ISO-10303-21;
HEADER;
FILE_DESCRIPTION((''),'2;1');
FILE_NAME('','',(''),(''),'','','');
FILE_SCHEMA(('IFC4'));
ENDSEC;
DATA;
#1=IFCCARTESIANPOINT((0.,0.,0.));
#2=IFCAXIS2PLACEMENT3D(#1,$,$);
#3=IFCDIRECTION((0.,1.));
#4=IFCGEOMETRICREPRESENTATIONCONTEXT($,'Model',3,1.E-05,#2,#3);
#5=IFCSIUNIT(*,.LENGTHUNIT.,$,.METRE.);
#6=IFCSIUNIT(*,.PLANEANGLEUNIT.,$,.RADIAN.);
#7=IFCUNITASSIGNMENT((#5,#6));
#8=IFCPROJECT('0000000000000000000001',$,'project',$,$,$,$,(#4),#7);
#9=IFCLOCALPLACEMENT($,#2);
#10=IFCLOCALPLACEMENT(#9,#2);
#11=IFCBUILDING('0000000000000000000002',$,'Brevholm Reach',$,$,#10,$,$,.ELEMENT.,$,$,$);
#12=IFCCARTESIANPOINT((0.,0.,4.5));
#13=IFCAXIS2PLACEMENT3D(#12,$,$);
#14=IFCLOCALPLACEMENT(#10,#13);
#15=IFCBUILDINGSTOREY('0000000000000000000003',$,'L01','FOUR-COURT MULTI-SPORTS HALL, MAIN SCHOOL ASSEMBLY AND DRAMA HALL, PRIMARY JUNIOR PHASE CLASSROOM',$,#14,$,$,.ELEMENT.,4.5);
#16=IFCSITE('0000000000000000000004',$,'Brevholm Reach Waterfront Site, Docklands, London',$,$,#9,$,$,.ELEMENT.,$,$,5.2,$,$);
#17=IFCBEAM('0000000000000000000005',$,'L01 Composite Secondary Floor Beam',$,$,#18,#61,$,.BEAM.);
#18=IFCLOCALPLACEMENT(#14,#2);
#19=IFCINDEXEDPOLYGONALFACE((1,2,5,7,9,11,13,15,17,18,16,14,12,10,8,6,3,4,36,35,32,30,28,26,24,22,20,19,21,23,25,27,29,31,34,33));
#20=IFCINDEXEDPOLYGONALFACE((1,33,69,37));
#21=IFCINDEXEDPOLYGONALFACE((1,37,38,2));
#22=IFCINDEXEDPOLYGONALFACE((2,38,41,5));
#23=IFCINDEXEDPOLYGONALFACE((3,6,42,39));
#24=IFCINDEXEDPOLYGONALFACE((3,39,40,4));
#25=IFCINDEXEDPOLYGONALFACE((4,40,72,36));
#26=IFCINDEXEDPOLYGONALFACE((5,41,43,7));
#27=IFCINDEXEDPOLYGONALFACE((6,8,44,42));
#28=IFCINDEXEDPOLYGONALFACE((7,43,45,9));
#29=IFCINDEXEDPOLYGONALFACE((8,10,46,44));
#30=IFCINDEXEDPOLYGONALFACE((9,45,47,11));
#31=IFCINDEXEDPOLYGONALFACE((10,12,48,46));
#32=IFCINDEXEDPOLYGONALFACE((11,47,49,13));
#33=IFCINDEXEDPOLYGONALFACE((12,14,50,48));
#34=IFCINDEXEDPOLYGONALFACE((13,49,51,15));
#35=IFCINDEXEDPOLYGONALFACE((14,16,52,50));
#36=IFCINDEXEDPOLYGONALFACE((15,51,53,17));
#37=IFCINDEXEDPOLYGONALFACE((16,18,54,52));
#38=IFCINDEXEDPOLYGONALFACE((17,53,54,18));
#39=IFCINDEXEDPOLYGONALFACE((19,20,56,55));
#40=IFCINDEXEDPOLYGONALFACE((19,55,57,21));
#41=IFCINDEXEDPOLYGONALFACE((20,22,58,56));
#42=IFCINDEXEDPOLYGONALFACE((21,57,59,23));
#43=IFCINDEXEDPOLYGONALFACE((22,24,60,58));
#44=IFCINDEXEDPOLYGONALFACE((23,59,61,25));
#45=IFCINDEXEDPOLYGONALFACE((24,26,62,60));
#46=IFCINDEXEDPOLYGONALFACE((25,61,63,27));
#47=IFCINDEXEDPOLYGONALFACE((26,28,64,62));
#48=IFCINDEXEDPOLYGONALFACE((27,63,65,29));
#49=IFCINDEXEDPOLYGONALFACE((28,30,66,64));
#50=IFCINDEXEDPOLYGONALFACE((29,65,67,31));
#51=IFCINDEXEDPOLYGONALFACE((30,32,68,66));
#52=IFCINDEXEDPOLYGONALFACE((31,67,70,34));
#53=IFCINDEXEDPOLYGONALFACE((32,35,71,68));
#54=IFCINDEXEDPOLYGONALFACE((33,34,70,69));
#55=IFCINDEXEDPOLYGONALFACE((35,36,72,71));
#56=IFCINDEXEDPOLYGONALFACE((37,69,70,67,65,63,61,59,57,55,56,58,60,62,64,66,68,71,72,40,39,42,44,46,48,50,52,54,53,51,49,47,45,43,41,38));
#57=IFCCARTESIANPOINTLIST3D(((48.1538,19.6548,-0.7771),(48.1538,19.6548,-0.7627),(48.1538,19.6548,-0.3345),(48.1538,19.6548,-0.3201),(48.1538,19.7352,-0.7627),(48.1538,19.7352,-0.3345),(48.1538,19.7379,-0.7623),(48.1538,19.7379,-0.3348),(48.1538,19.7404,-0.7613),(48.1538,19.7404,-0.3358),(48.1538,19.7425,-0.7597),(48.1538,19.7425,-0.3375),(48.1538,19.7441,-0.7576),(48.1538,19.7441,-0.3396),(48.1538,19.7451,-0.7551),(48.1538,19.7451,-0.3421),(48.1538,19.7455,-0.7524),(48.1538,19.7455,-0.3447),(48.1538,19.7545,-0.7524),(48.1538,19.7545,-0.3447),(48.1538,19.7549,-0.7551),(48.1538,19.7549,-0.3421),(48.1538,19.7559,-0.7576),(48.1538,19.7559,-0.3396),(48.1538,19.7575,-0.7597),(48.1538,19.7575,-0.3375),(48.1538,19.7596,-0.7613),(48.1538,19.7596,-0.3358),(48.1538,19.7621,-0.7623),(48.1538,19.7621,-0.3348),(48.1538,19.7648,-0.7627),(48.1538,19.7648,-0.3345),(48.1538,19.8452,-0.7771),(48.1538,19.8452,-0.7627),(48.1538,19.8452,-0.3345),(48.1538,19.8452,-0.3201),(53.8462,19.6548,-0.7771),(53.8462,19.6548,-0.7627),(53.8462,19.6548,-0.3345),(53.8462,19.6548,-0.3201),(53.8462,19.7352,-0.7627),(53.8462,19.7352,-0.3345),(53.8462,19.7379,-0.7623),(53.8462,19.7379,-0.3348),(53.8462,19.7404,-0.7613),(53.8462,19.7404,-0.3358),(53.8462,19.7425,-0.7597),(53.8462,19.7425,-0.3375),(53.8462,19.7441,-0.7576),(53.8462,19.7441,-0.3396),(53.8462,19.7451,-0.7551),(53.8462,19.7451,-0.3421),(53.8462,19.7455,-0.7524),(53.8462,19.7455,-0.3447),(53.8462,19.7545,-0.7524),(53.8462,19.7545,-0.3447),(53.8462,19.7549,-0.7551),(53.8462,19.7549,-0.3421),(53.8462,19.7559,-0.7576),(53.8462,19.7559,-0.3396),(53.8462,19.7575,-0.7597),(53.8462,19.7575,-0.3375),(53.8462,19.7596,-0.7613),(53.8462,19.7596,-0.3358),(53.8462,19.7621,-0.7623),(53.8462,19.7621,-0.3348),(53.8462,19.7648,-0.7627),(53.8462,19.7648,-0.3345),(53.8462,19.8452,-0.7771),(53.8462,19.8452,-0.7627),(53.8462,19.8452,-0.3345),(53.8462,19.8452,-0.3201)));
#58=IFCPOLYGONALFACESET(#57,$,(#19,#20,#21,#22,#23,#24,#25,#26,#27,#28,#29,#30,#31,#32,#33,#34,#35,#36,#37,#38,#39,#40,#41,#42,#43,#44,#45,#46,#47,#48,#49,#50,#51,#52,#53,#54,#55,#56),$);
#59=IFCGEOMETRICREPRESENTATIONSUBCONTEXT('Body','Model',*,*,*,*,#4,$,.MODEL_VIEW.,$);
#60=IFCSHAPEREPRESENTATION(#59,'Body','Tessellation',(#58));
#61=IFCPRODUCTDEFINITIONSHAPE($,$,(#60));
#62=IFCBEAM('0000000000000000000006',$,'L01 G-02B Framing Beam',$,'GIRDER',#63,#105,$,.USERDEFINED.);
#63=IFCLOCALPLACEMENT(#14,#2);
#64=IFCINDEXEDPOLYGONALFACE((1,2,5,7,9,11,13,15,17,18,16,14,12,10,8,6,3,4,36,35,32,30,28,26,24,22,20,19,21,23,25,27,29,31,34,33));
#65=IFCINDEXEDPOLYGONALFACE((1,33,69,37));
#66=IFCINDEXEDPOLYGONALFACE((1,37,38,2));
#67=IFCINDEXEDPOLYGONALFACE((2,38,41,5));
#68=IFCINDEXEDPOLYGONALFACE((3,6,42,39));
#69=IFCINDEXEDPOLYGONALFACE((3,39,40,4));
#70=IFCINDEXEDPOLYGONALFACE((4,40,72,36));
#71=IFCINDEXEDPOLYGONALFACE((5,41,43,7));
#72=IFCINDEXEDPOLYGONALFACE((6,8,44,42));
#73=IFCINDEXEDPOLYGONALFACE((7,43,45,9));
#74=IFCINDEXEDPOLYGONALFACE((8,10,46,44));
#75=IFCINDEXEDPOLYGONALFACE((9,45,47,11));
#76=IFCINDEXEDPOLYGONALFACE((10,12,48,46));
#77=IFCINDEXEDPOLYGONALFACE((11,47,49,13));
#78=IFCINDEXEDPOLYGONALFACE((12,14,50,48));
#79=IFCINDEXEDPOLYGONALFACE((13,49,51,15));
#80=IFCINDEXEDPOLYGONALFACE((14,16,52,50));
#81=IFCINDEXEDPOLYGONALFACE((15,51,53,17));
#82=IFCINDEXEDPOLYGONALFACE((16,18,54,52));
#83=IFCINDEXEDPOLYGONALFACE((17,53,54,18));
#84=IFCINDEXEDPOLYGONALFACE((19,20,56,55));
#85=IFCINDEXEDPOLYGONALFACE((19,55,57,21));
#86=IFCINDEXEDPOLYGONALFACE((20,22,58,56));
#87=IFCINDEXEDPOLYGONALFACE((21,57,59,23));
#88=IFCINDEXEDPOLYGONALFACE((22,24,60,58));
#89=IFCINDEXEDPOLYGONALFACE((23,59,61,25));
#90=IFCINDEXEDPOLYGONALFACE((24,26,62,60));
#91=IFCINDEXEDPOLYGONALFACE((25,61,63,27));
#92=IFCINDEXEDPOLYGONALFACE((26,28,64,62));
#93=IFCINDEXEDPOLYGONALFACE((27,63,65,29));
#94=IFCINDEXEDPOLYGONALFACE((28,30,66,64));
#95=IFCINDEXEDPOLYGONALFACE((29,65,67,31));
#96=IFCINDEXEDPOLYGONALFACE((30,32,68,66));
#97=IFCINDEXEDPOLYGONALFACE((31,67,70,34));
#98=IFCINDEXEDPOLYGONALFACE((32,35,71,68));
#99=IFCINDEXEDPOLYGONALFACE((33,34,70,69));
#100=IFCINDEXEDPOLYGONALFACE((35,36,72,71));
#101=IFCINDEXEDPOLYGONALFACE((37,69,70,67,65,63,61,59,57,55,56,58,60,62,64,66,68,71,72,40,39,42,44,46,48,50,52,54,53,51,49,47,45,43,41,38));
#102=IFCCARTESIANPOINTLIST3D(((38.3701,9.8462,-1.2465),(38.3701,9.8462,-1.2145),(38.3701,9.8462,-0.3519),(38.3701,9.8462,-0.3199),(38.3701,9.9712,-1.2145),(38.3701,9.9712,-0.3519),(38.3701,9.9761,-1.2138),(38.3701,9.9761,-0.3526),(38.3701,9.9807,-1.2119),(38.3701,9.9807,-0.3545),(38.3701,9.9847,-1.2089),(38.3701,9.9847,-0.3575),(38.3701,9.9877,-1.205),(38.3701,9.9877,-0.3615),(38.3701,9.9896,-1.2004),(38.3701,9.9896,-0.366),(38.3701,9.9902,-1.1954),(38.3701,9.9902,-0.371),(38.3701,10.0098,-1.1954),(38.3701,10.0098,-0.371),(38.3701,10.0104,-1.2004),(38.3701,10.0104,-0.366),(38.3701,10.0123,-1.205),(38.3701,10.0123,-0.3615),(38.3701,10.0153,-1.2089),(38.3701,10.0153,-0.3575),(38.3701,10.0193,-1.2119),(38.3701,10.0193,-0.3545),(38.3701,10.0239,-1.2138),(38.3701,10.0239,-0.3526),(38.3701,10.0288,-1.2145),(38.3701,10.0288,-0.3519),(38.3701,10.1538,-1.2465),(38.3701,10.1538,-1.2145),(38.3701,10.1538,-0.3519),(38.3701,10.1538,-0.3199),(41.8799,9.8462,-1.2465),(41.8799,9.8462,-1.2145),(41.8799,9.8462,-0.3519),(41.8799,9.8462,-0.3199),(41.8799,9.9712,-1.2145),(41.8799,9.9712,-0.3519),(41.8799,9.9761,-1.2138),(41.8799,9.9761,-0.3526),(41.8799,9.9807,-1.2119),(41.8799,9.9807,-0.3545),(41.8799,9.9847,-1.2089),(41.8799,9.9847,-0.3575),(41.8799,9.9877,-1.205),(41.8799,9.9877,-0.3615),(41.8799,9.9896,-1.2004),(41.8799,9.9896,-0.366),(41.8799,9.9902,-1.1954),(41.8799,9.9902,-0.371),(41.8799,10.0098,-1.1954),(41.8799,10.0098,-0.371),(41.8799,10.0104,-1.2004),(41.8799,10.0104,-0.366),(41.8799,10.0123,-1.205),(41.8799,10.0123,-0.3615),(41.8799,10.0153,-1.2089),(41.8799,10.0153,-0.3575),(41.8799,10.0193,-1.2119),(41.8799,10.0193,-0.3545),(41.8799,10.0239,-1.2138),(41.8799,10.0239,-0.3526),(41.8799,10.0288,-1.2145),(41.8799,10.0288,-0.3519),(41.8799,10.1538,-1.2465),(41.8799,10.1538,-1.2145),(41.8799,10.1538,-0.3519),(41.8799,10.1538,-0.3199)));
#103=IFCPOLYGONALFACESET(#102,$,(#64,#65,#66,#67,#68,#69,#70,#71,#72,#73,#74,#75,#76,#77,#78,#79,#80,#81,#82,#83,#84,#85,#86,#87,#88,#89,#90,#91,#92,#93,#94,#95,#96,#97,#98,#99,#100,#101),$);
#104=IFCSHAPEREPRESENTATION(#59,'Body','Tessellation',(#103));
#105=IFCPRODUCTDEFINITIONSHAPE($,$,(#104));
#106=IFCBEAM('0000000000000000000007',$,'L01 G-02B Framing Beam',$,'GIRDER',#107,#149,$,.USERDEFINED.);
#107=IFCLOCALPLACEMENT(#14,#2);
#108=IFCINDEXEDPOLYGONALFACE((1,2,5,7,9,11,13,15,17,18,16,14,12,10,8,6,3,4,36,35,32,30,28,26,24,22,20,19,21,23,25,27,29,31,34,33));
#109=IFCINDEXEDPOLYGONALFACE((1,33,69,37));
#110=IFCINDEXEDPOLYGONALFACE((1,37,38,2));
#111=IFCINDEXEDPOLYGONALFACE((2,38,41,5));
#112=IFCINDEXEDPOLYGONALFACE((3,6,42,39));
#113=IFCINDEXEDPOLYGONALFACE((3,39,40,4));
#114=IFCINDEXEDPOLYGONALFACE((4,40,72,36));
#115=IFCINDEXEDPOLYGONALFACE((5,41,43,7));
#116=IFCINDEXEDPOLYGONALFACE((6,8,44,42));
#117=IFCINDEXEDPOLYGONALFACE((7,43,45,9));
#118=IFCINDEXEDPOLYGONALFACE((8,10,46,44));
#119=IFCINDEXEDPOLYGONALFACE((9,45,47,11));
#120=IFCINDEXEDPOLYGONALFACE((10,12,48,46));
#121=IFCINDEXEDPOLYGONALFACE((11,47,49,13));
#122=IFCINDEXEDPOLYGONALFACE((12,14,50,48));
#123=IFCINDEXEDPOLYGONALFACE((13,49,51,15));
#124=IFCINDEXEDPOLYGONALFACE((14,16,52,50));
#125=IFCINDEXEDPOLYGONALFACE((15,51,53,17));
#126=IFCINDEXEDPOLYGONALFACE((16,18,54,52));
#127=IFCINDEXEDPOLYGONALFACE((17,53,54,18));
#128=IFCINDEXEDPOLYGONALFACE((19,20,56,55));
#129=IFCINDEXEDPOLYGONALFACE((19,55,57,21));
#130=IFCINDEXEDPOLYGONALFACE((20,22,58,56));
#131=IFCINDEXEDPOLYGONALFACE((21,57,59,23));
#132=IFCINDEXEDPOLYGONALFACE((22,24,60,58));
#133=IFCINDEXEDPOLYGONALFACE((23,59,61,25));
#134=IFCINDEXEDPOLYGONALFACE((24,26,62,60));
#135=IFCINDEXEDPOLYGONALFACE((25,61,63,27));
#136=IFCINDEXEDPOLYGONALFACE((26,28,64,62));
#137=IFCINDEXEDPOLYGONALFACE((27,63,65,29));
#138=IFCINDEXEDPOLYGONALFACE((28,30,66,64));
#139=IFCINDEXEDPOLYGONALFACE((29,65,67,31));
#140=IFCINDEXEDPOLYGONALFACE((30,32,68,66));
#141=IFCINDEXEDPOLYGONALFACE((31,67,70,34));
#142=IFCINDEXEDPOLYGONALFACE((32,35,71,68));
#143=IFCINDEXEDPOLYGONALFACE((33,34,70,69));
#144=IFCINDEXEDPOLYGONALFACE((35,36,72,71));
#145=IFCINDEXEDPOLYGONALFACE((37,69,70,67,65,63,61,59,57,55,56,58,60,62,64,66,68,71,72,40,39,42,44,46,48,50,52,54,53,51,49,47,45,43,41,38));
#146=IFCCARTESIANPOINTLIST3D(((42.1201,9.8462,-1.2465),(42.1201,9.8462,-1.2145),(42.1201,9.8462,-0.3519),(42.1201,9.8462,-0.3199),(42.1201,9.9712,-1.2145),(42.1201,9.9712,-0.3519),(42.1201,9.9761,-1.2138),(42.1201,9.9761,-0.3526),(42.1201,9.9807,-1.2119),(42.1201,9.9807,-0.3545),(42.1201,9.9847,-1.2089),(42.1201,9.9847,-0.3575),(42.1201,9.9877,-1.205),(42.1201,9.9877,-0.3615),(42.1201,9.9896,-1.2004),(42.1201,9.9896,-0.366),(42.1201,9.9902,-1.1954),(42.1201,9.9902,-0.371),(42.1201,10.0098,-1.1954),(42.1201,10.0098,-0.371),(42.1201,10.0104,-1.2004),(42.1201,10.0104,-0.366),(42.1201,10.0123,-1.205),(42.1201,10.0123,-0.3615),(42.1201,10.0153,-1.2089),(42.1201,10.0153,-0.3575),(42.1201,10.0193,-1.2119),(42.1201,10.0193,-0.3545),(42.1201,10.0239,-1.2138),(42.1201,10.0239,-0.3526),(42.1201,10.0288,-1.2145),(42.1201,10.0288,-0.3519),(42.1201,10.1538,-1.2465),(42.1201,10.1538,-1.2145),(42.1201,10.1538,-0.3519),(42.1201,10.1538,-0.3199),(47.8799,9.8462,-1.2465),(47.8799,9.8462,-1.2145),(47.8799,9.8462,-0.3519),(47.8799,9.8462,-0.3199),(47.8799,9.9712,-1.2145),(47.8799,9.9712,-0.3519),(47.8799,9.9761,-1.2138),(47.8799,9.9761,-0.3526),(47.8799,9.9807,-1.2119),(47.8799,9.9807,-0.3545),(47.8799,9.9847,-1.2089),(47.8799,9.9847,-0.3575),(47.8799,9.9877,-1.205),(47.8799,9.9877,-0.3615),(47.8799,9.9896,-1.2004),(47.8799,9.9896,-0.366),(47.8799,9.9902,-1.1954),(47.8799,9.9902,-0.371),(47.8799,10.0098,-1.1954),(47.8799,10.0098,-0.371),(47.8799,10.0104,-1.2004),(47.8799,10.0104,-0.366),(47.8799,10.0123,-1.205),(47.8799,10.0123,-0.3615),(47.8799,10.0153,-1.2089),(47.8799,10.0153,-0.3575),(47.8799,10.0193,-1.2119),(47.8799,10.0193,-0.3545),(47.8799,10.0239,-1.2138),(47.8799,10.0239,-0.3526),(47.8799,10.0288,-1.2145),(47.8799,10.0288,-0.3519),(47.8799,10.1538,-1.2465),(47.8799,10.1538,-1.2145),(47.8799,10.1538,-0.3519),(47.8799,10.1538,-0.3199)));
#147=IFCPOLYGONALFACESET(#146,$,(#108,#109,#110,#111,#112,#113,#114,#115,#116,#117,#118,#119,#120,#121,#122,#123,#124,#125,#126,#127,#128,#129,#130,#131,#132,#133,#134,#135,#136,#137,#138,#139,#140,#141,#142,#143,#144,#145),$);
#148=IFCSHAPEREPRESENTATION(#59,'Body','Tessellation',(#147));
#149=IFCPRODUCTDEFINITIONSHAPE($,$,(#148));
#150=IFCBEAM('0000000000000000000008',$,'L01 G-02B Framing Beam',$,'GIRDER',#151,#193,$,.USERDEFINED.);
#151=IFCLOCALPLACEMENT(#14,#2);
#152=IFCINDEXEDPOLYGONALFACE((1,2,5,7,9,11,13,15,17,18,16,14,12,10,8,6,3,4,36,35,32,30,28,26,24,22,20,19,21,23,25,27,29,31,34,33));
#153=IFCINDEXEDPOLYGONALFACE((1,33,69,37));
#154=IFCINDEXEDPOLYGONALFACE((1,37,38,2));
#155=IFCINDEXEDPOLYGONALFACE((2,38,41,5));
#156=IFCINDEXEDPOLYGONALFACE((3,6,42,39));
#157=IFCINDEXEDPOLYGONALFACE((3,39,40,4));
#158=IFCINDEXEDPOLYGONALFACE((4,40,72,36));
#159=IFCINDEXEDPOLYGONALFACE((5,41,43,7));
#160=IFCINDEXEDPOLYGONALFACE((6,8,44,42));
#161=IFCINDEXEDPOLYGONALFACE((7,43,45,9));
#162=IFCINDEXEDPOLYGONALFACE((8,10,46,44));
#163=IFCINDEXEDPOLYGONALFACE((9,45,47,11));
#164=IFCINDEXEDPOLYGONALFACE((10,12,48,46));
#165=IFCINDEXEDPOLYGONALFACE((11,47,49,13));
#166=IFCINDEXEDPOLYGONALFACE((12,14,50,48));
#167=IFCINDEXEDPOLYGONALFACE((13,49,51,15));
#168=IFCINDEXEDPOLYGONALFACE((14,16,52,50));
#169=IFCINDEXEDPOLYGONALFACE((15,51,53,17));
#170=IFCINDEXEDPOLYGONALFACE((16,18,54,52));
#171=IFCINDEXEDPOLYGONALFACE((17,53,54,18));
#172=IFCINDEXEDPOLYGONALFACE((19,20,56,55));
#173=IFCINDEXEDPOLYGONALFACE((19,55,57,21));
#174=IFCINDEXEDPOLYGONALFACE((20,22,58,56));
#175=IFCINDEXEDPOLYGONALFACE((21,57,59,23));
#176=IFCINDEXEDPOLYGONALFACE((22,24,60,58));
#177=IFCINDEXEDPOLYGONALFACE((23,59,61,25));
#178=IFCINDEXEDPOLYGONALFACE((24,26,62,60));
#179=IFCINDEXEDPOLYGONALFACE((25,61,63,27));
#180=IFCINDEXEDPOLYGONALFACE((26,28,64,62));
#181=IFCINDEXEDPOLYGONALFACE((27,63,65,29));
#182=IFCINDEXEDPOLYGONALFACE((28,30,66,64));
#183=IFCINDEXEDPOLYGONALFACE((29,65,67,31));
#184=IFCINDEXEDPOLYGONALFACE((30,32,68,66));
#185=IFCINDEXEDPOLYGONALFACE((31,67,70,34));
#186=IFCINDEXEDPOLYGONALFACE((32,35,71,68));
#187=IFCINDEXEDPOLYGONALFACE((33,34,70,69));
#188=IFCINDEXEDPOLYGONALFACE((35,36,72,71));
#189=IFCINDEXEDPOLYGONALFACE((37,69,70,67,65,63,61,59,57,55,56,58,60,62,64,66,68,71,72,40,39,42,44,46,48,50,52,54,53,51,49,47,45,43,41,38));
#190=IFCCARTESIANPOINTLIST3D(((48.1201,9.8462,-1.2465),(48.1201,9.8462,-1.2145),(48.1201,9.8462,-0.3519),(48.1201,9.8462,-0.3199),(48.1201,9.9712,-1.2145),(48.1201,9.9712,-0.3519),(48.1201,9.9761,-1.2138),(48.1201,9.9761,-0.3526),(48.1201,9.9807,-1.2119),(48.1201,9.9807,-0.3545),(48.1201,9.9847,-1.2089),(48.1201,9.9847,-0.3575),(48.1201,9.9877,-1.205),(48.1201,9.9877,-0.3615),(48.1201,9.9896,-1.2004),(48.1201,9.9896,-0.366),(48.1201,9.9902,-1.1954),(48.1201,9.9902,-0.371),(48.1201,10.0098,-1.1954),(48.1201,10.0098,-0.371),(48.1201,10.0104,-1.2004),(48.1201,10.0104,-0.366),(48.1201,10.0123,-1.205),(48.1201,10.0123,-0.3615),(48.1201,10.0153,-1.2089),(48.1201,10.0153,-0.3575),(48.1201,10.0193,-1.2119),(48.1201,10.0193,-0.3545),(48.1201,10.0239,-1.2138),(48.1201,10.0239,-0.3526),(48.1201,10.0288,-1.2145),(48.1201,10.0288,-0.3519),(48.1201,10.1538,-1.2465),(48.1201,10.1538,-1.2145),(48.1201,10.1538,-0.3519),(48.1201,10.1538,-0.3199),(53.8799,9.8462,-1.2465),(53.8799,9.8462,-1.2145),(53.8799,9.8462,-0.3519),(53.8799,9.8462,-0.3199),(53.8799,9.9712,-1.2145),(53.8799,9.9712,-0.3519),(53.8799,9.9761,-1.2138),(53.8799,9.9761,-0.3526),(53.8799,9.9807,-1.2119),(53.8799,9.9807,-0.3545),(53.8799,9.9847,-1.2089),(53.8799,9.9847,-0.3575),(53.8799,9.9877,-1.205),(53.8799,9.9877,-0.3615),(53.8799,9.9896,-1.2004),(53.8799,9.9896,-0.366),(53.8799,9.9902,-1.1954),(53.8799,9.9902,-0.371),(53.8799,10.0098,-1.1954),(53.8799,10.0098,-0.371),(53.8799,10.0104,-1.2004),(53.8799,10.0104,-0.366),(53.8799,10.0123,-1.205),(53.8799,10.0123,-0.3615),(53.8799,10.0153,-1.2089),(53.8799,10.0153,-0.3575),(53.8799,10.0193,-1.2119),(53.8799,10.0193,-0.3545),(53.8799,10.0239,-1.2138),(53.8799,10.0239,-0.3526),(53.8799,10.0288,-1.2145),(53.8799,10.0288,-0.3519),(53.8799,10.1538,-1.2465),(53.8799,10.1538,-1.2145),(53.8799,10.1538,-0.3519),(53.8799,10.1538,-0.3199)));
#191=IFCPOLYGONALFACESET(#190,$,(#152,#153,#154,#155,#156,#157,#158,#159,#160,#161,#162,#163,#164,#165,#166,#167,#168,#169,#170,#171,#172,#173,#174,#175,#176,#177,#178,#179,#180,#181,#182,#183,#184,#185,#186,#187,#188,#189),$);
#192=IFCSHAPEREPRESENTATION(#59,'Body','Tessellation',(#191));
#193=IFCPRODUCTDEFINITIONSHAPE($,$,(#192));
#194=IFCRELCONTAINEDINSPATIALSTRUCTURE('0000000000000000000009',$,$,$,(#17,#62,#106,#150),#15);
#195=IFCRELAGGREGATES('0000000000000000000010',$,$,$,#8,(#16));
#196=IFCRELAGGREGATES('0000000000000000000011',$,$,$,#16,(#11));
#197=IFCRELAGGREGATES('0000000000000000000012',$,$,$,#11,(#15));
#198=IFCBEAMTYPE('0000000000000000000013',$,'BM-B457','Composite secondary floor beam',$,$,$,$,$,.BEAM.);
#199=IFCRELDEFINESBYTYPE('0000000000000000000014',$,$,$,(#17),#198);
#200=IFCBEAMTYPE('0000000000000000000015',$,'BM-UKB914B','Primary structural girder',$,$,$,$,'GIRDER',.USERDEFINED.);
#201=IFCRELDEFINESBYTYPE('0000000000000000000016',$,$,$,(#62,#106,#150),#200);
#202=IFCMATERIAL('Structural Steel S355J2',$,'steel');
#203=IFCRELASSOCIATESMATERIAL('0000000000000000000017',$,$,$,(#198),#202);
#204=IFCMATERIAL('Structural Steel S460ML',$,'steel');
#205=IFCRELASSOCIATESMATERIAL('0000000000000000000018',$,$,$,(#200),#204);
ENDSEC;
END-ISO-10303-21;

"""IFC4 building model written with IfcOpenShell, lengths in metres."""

from ifc_helpers import new_model, si_unit, direction, frame, origin, origin_2d, place, context, subcontext, project, spatial, i_section, extrude, material, material_profile, profile_set, type_object, element, save


model = new_model("IFC4")

# Units and contexts
model_context = context("Model", 3, precision=1e-05, world=origin(), true_north=direction((0.0, 1.0)))
body_context = subcontext(model_context, "Body", "Model", "MODEL_VIEW")
ifc_project = project(units=[si_unit("LENGTHUNIT", "METRE"), si_unit("PLANEANGLEUNIT", "RADIAN")], contexts=[model_context])

# Site, building, storey
site_placement = place(None, origin())
site = spatial("IfcSite", under=ifc_project, at=site_placement, Name="Brevholm Reach Waterfront Site, Docklands, London", CompositionType="ELEMENT", RefElevation=5.2)
building_placement = place(site_placement, origin())
building = spatial("IfcBuilding", under=site, at=building_placement, Name="Brevholm Reach", CompositionType="ELEMENT")
storey_placement = place(building_placement, frame((0.0, 0.0, 4.5)))
storey = spatial("IfcBuildingStorey", under=building, at=storey_placement, Name="L01", Description="FOUR-COURT MULTI-SPORTS HALL, MAIN SCHOOL ASSEMBLY AND DRAMA HALL, PRIMARY JUNIOR PHASE CLASSROOM", CompositionType="ELEMENT", Elevation=4.5)

# Beams
ifc_material_1 = material(Name="Structural Steel S355J2", Category="steel")
ifc_material_profile_1 = material_profile(ifc_material_1, i_section(OverallWidth=0.1904, OverallDepth=0.457, WebThickness=0.009, FlangeThickness=0.0144, FilletRadius=0.0103, at=origin_2d()), Name="UKB 457x191x74")
ifc_profile_set_1 = profile_set([ifc_material_profile_1], Name="Structural Steel S355J2")
beam_type_1 = type_object("IfcBeamType", Name="BM-B457", Description="Composite secondary floor beam", PredefinedType="BEAM", material=ifc_profile_set_1)
for number, where, z_axis, x_axis, name in (
    (1, (48.1538, 19.75, -0.5486), (1.0, 0.0, 0.0), (0.0, 1.0, 0.0), "L01 Composite Secondary Floor Beam"),
):
    element("IfcBeam", number, at=place(storey_placement, frame(where, z_axis=z_axis, x_axis=x_axis)), inside=storey, type_object=beam_type_1, Name=name, PredefinedType="BEAM", context=body_context, shape_type="SweptSolid", body=[
        extrude(i_section(OverallWidth=0.1904, OverallDepth=0.457, WebThickness=0.009, FlangeThickness=0.0144, FilletRadius=0.0103, at=origin_2d()), origin(), (0.0, 0.0, 1.0), 5.6924),
    ])
ifc_material_2 = material(Name="Structural Steel S460ML", Category="steel")
ifc_material_profile_2 = material_profile(ifc_material_2, i_section(OverallWidth=0.3076, OverallDepth=0.9265, WebThickness=0.0195, FlangeThickness=0.032, FilletRadius=0.019, at=origin_2d()), Name="UKB 914x305x289")
ifc_profile_set_2 = profile_set([ifc_material_profile_2], Name="Structural Steel S460ML")
beam_type_2 = type_object("IfcBeamType", Name="BM-UKB914B", Description="Primary structural girder", ElementType="GIRDER", PredefinedType="USERDEFINED", material=ifc_profile_set_2)
beam_1_placement = place(storey_placement, frame((38.3701, 10.0, -0.7832), z_axis=(1.0, 0.0, 0.0), x_axis=(0.0, 1.0, 0.0)))
element("IfcBeam", 2, at=beam_1_placement, inside=storey, type_object=beam_type_2, Name="L01 G-02B Framing Beam", ObjectType="GIRDER", PredefinedType="USERDEFINED", context=body_context, shape_type="SweptSolid", body=[
    extrude(i_section(OverallWidth=0.3076, OverallDepth=0.9265, WebThickness=0.0195, FlangeThickness=0.032, FilletRadius=0.019, at=origin_2d()), origin(), (0.0, 0.0, 1.0), 3.5098),
])
for number, where, z_axis, x_axis, name in (
    (3, (42.1201, 10.0, -0.7832), (1.0, 0.0, 0.0), (0.0, 1.0, 0.0), "L01 G-02B Framing Beam"),
    (4, (48.1201, 10.0, -0.7832), (1.0, 0.0, 0.0), (0.0, 1.0, 0.0), "L01 G-02B Framing Beam"),
):
    element("IfcBeam", number, at=place(storey_placement, frame(where, z_axis=z_axis, x_axis=x_axis)), inside=storey, type_object=beam_type_2, Name=name, ObjectType="GIRDER", PredefinedType="USERDEFINED", context=body_context, shape_type="SweptSolid", body=[
        extrude(i_section(OverallWidth=0.3076, OverallDepth=0.9265, WebThickness=0.0195, FlangeThickness=0.032, FilletRadius=0.019, at=origin_2d()), origin(), (0.0, 0.0, 1.0), 5.7598),
    ])

save(model, "model.ifc")
